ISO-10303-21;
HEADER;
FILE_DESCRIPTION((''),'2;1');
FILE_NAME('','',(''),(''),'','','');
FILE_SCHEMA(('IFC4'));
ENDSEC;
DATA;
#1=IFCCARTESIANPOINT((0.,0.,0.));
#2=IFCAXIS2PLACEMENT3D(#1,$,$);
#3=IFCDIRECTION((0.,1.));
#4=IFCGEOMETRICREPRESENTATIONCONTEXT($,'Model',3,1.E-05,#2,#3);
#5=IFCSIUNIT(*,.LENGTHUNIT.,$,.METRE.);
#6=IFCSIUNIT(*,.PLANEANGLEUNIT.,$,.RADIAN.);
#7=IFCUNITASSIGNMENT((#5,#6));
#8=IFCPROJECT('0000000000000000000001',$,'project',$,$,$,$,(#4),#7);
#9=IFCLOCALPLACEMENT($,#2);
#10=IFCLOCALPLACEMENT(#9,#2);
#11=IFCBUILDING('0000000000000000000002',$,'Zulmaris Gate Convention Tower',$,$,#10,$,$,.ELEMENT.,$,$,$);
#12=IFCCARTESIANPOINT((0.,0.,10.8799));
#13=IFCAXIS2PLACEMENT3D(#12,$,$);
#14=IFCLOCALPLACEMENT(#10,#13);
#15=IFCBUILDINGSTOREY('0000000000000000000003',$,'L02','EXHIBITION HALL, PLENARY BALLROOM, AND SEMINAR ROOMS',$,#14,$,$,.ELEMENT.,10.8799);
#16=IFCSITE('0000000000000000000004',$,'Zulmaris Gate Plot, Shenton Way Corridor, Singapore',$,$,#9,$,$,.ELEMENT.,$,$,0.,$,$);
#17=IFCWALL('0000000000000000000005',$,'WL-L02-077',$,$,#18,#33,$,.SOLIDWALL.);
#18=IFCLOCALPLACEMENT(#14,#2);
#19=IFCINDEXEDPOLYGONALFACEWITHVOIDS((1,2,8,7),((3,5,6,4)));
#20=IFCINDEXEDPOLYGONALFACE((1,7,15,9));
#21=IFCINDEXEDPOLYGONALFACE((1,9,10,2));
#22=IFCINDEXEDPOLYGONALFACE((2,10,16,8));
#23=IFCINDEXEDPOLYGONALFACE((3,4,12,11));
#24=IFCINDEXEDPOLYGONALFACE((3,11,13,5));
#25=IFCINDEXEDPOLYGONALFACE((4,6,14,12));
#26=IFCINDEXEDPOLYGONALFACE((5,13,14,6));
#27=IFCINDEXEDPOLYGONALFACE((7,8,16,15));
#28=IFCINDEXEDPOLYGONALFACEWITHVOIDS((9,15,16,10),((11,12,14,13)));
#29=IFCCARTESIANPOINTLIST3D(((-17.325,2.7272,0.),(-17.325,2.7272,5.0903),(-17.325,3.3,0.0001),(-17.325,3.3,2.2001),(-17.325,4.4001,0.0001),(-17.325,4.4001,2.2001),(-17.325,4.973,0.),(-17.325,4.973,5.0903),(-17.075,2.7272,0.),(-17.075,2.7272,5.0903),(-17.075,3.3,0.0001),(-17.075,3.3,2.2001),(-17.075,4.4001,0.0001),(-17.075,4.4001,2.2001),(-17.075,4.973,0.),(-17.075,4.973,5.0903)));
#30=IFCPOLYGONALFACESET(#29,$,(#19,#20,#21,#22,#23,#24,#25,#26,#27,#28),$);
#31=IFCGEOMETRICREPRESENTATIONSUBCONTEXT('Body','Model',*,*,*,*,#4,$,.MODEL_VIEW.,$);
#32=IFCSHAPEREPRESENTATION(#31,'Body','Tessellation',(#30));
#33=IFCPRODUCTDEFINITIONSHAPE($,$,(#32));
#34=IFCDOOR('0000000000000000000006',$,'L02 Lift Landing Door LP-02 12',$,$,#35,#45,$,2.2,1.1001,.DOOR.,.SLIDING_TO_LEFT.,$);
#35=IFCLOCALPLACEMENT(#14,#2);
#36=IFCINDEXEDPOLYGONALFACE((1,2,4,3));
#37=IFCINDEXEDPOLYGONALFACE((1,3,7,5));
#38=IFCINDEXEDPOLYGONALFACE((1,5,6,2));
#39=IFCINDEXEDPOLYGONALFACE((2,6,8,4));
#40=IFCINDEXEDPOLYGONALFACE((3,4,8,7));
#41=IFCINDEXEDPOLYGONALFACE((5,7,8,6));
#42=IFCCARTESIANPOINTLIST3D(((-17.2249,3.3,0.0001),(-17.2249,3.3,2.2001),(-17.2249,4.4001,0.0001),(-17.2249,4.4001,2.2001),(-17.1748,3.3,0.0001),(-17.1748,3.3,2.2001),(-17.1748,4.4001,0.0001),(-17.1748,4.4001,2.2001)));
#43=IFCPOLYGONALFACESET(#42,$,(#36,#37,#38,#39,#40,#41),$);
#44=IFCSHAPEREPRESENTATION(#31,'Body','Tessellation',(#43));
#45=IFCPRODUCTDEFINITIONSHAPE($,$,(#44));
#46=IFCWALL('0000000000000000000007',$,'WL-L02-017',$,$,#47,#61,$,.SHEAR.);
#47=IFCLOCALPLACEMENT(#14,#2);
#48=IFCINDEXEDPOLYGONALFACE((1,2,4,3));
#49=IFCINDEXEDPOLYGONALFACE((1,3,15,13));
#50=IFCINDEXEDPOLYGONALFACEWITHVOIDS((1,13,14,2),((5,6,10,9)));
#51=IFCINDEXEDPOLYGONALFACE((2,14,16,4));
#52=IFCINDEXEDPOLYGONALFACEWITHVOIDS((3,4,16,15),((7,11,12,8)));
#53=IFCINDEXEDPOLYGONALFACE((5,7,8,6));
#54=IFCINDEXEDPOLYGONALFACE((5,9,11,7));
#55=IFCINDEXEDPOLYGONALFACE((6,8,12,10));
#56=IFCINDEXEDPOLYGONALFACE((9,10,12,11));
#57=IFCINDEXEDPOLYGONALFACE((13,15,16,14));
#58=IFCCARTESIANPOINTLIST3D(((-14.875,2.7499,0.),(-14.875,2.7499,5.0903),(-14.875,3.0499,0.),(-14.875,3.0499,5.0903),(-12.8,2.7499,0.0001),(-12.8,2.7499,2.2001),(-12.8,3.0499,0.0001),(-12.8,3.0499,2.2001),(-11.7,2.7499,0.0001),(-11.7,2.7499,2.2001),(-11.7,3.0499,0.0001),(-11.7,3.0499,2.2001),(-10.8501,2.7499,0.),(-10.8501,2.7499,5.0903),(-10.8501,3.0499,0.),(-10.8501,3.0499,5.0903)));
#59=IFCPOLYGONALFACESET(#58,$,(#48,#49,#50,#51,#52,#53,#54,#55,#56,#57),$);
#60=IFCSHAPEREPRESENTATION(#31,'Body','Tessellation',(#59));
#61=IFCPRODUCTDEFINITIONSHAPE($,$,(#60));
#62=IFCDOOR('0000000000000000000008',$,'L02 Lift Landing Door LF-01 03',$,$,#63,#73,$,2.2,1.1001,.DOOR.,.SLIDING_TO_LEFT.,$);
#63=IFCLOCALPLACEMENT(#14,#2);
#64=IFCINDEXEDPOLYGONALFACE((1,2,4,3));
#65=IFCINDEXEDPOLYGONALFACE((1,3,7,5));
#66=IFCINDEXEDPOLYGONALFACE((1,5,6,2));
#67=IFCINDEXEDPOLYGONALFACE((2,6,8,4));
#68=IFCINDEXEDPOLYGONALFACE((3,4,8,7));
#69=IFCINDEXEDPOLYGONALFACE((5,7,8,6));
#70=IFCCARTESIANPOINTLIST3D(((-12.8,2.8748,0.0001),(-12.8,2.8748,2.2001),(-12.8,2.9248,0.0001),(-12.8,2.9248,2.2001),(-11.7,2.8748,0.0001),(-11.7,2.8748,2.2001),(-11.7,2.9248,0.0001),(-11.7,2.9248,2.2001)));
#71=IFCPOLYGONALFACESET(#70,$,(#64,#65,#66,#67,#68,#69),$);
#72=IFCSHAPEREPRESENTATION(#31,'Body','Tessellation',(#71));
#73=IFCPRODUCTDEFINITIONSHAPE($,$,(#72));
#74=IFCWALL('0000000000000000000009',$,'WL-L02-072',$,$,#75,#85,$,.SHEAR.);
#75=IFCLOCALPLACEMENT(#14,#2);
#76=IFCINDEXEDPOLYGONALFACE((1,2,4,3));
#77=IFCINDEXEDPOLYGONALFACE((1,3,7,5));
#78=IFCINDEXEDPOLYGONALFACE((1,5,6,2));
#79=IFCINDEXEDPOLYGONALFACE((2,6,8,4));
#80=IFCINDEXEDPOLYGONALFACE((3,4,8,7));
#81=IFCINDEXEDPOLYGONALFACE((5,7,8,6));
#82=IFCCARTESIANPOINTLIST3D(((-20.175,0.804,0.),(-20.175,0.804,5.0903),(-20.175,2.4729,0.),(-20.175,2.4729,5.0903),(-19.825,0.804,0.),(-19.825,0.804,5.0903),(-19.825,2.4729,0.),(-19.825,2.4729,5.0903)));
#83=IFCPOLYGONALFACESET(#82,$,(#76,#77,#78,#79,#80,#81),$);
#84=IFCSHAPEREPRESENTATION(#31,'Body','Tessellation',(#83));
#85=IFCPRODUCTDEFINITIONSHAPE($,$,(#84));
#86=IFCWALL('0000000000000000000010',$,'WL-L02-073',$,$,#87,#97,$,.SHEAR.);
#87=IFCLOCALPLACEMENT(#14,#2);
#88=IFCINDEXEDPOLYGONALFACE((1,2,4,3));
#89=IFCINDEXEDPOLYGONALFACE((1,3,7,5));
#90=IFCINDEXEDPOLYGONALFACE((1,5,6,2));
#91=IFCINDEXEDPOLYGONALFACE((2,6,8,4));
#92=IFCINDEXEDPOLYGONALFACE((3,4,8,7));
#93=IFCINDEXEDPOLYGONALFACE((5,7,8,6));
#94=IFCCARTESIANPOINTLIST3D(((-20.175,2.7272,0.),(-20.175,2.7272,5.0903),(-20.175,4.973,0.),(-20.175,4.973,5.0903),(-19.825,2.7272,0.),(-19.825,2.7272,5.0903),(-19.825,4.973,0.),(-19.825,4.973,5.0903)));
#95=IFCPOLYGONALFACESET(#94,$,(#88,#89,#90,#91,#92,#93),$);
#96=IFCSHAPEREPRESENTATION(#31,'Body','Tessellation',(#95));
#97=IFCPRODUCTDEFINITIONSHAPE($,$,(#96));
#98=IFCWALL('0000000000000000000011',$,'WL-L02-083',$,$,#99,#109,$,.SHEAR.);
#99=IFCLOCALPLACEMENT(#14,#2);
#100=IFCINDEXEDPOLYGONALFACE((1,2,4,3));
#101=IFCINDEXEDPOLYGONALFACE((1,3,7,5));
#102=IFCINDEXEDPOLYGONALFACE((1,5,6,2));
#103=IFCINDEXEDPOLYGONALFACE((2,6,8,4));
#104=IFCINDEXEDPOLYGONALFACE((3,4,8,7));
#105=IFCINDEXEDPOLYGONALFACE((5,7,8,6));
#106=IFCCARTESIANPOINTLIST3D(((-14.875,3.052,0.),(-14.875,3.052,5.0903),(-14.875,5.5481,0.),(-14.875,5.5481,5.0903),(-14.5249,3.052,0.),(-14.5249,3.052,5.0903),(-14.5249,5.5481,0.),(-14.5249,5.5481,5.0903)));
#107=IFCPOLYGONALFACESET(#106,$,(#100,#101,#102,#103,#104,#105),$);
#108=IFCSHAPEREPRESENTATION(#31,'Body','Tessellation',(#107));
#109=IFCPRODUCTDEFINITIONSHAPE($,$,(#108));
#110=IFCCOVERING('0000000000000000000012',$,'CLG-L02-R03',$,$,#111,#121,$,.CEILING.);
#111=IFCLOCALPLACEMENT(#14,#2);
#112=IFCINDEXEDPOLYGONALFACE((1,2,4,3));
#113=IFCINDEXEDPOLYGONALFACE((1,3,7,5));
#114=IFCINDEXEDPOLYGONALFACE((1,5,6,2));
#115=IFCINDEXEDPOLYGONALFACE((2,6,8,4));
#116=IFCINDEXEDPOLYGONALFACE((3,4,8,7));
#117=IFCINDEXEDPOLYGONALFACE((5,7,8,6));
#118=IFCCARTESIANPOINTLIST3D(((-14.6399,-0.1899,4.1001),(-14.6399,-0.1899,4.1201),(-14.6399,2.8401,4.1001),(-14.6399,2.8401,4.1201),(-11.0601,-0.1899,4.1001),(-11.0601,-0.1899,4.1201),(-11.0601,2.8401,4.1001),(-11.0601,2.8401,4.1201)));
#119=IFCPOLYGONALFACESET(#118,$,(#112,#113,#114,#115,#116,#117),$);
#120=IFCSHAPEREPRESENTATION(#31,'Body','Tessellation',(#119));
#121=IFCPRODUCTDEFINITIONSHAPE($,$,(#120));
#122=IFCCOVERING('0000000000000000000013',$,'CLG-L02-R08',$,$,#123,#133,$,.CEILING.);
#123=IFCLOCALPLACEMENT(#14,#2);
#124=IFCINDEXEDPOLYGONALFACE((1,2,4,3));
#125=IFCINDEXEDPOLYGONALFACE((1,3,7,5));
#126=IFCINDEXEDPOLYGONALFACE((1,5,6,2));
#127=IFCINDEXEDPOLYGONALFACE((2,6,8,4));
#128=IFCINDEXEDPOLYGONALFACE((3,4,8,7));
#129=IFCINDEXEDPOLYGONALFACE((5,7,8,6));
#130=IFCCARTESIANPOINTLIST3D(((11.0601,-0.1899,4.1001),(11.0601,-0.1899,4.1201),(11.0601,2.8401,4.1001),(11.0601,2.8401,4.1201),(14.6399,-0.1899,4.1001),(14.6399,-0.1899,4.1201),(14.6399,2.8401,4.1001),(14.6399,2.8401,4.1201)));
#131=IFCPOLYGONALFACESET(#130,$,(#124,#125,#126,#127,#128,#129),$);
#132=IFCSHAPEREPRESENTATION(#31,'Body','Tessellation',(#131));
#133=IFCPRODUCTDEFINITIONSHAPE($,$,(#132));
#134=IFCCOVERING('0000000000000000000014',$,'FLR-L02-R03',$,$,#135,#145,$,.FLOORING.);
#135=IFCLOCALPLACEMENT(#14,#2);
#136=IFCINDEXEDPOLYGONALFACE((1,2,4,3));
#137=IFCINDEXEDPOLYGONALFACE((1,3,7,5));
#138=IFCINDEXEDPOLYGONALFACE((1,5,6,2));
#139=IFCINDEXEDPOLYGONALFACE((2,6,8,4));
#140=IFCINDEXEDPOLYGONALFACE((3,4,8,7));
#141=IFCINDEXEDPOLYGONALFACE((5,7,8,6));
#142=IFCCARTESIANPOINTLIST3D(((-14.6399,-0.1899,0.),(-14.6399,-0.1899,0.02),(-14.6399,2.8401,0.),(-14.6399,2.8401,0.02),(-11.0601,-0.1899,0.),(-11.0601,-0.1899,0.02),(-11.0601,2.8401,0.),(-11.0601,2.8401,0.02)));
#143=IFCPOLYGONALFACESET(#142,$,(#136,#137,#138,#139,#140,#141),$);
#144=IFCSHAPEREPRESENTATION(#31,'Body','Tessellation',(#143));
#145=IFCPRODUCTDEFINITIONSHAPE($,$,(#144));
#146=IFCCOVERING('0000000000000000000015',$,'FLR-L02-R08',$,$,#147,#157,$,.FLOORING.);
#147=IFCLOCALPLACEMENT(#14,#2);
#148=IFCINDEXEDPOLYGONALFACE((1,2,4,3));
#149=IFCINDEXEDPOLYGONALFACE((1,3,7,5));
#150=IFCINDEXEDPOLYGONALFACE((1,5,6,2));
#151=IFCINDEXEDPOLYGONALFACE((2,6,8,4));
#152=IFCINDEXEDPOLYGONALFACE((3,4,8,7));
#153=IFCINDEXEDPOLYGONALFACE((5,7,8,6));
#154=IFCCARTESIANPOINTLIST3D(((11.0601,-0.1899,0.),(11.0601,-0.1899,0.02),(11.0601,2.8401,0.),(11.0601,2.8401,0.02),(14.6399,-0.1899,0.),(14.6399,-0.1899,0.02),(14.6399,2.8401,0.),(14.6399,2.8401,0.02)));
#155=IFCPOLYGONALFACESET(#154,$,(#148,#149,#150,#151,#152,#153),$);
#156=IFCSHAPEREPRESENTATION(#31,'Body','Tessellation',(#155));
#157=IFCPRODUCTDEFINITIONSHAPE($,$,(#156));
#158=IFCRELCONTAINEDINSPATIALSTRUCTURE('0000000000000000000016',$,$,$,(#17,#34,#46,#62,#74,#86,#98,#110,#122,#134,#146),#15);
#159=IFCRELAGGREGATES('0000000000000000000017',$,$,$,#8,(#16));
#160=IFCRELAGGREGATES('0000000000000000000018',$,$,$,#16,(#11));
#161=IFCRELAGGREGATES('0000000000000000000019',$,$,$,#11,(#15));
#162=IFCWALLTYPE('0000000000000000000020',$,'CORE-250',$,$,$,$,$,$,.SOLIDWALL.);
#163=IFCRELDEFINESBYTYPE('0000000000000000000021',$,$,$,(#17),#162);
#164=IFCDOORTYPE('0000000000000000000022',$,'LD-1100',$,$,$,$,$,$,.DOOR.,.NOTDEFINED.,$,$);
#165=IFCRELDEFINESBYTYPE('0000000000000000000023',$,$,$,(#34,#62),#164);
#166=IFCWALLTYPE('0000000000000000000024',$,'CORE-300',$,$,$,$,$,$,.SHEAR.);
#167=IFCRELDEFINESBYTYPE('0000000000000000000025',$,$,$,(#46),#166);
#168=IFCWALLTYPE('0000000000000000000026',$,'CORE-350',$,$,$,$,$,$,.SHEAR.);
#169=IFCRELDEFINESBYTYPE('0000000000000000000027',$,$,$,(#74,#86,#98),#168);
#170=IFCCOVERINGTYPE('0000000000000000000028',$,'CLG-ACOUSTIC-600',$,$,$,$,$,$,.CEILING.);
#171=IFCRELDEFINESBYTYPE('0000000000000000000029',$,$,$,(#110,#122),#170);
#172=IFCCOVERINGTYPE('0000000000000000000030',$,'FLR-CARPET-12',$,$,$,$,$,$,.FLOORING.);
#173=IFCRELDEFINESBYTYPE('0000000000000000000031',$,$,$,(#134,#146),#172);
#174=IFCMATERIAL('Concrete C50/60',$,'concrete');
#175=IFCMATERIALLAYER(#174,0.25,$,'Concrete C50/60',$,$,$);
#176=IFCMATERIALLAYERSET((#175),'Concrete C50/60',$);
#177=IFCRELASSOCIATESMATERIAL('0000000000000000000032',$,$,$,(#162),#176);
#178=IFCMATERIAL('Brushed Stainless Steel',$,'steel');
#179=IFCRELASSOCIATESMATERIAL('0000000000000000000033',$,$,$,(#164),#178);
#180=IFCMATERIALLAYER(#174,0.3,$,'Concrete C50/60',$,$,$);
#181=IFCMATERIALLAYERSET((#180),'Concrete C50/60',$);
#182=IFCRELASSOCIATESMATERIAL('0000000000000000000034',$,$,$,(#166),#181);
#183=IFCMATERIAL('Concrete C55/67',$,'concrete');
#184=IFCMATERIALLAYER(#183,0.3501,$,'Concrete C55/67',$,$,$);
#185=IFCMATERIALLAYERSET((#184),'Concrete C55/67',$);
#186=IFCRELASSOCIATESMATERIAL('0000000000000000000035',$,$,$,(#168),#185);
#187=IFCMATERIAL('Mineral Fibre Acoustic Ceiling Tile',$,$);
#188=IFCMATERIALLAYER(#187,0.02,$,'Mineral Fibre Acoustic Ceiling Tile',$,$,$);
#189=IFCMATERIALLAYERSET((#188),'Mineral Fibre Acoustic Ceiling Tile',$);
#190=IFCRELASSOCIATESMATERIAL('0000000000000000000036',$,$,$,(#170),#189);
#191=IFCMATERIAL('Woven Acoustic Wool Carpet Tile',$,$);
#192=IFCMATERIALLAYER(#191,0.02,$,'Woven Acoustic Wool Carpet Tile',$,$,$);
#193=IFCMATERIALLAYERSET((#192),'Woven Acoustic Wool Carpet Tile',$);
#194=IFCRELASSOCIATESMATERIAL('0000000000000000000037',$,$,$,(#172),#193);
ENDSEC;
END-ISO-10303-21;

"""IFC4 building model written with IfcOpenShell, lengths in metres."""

from ifc_helpers import new_model, si_unit, direction, frame, frame_2d, origin, place, context, subcontext, project, spatial, polyline, rectangle, outline, extrude, material, layer, layer_set, type_object, element, fill, save


model = new_model("IFC4")

# Units and contexts
model_context = context("Model", 3, precision=1e-05, world=origin(), true_north=direction((0.0, 1.0)))
body_context = subcontext(model_context, "Body", "Model", "MODEL_VIEW")
ifc_project = project(units=[si_unit("LENGTHUNIT", "METRE"), si_unit("PLANEANGLEUNIT", "RADIAN")], contexts=[model_context])

# Site, building, storey
site_placement = place(None, origin())
site = spatial("IfcSite", under=ifc_project, at=site_placement, Name="Zulmaris Gate Plot, Shenton Way Corridor, Singapore", CompositionType="ELEMENT", RefElevation=0.0)
building_placement = place(site_placement, origin())
building = spatial("IfcBuilding", under=site, at=building_placement, Name="Zulmaris Gate Convention Tower", CompositionType="ELEMENT")
storey_placement = place(building_placement, frame((0.0, 0.0, 10.8799)))
storey = spatial("IfcBuildingStorey", under=building, at=storey_placement, Name="L02", Description="EXHIBITION HALL, PLENARY BALLROOM, AND SEMINAR ROOMS", CompositionType="ELEMENT", Elevation=10.8799)

# Shared definitions
ifc_material_1 = material(Name="Concrete C50/60", Category="concrete")

# Walls, openings, doors
ifc_layer_1 = layer(ifc_material_1, 0.25, Name="Concrete C50/60")
ifc_layer_set_1 = layer_set([ifc_layer_1], Name="Concrete C50/60")
wall_type_1 = type_object("IfcWallType", Name="CORE-250", PredefinedType="SOLIDWALL", material=ifc_layer_set_1)
wall_1_placement = place(storey_placement, frame((-17.2, 2.7271, 0.0), z_axis=(0.0, 0.0, 1.0), x_axis=(0.0, 1.0, 0.0)))
wall_1 = element("IfcWall", 1, at=wall_1_placement, inside=storey, type_object=wall_type_1, Name="WL-L02-077", PredefinedType="SOLIDWALL", context=body_context, shape_type="SweptSolid", body=[
    extrude(rectangle(XDim=2.2458, YDim=0.25, at=frame_2d((1.123, 0.0))), origin(), (0.0, 0.0, 1.0), 5.0903),
])
opening_1_placement = place(wall_1_placement, frame((0.573, 0.0, 0.0)))
opening_1 = element("IfcOpeningElement", 2, at=opening_1_placement, cuts=wall_1, PredefinedType="OPENING", context=body_context, shape_type="SweptSolid", body=[
    extrude(rectangle(XDim=1.1001, YDim=2.2, at=frame_2d((0.55, 1.1001))), frame((0.0, 0.135, 0.0), z_axis=(0.0, -1.0, 0.0), x_axis=(1.0, 0.0, 0.0)), (0.0, 0.0, 1.0), 0.27),
])
ifc_material_2 = material(Name="Brushed Stainless Steel", Category="steel")
door_type_1 = type_object("IfcDoorType", Name="LD-1100", OperationType="NOTDEFINED", PredefinedType="DOOR", material=ifc_material_2)
door_1_placement = place(opening_1_placement, origin())
door_1 = element("IfcDoor", 3, at=door_1_placement, inside=storey, type_object=door_type_1, Name="L02 Lift Landing Door LP-02 12", OperationType="SLIDING_TO_LEFT", OverallHeight=2.2, OverallWidth=1.1001, PredefinedType="DOOR", context=body_context, shape_type="SweptSolid", body=[
    extrude(rectangle(XDim=1.1001, YDim=2.2, at=frame_2d((0.55, 1.1001))), frame((0.0, 0.0249, 0.0), z_axis=(0.0, -1.0, 0.0), x_axis=(1.0, 0.0, 0.0)), (0.0, 0.0, 1.0), 0.05),
])
fill(opening_1, door_1)
ifc_layer_2 = layer(ifc_material_1, 0.3, Name="Concrete C50/60")
ifc_layer_set_2 = layer_set([ifc_layer_2], Name="Concrete C50/60")
wall_type_2 = type_object("IfcWallType", Name="CORE-300", PredefinedType="SHEAR", material=ifc_layer_set_2)
wall_2_placement = place(storey_placement, frame((-14.875, 2.8999, 0.0), z_axis=(0.0, 0.0, 1.0), x_axis=(1.0, 0.0, 0.0)))
wall_2 = element("IfcWall", 4, at=wall_2_placement, inside=storey, type_object=wall_type_2, Name="WL-L02-017", PredefinedType="SHEAR", context=body_context, shape_type="SweptSolid", body=[
    extrude(rectangle(XDim=4.0249, YDim=0.3, at=frame_2d((2.0125, 0.0))), origin(), (0.0, 0.0, 1.0), 5.0903),
])
opening_2_placement = place(wall_2_placement, frame((2.075, 0.0, 0.0)))
opening_2 = element("IfcOpeningElement", 5, at=opening_2_placement, cuts=wall_2, PredefinedType="OPENING", context=body_context, shape_type="SweptSolid", body=[
    extrude(rectangle(XDim=1.1001, YDim=2.2, at=frame_2d((0.55, 1.1001))), frame((0.0, 0.1602, 0.0), z_axis=(0.0, -1.0, 0.0), x_axis=(1.0, 0.0, 0.0)), (0.0, 0.0, 1.0), 0.3201),
])
door_2_placement = place(opening_2_placement, origin())
door_2 = element("IfcDoor", 6, at=door_2_placement, inside=storey, type_object=door_type_1, Name="L02 Lift Landing Door LF-01 03", OperationType="SLIDING_TO_LEFT", OverallHeight=2.2, OverallWidth=1.1001, PredefinedType="DOOR", context=body_context, shape_type="SweptSolid", body=[
    extrude(rectangle(XDim=1.1001, YDim=2.2, at=frame_2d((0.55, 1.1001))), frame((0.0, 0.0249, 0.0), z_axis=(0.0, -1.0, 0.0), x_axis=(1.0, 0.0, 0.0)), (0.0, 0.0, 1.0), 0.05),
])
fill(opening_2, door_2)

# Walls
ifc_material_3 = material(Name="Concrete C55/67", Category="concrete")
ifc_layer_3 = layer(ifc_material_3, 0.3501, Name="Concrete C55/67")
ifc_layer_set_3 = layer_set([ifc_layer_3], Name="Concrete C55/67")
wall_type_3 = type_object("IfcWallType", Name="CORE-350", PredefinedType="SHEAR", material=ifc_layer_set_3)
wall_3_placement = place(storey_placement, frame((-20.0, 0.804, 0.0), z_axis=(0.0, 0.0, 1.0), x_axis=(0.0, 1.0, 0.0)))
element("IfcWall", 7, at=wall_3_placement, inside=storey, type_object=wall_type_3, Name="WL-L02-072", PredefinedType="SHEAR", context=body_context, shape_type="SweptSolid", body=[
    extrude(rectangle(XDim=1.6689, YDim=0.3501, at=frame_2d((0.8345, 0.0))), origin(), (0.0, 0.0, 1.0), 5.0903),
])
wall_4_placement = place(storey_placement, frame((-20.0, 2.7271, 0.0), z_axis=(0.0, 0.0, 1.0), x_axis=(0.0, 1.0, 0.0)))
element("IfcWall", 8, at=wall_4_placement, inside=storey, type_object=wall_type_3, Name="WL-L02-073", PredefinedType="SHEAR", context=body_context, shape_type="SweptSolid", body=[
    extrude(rectangle(XDim=2.2458, YDim=0.3501, at=frame_2d((1.123, 0.0))), origin(), (0.0, 0.0, 1.0), 5.0903),
])
wall_5_placement = place(storey_placement, frame((-14.7, 3.052, 0.0), z_axis=(0.0, 0.0, 1.0), x_axis=(0.0, 1.0, 0.0)))
element("IfcWall", 9, at=wall_5_placement, inside=storey, type_object=wall_type_3, Name="WL-L02-083", PredefinedType="SHEAR", context=body_context, shape_type="SweptSolid", body=[
    extrude(rectangle(XDim=2.4961, YDim=0.3501, at=frame_2d((1.248, 0.0))), origin(), (0.0, 0.0, 1.0), 5.0903),
])

# Coverings
ifc_material_4 = material(Name="Mineral Fibre Acoustic Ceiling Tile")
ifc_layer_4 = layer(ifc_material_4, 0.02, Name="Mineral Fibre Acoustic Ceiling Tile")
ifc_layer_set_4 = layer_set([ifc_layer_4], Name="Mineral Fibre Acoustic Ceiling Tile")
covering_type_1 = type_object("IfcCoveringType", Name="CLG-ACOUSTIC-600", PredefinedType="CEILING", material=ifc_layer_set_4)
covering_1_placement = place(storey_placement, frame((0.0, 0.0, 4.1001)))
element("IfcCovering", 10, at=covering_1_placement, inside=storey, type_object=covering_type_1, Name="CLG-L02-R03", PredefinedType="CEILING", context=body_context, shape_type="SweptSolid", body=[
    extrude(outline(polyline([(-14.6399, -0.1899), (-11.0601, -0.1899), (-11.0601, 2.8401), (-14.6399, 2.8401), (-14.6399, -0.1899)])), origin(), (0.0, 0.0, 1.0), 0.02),
])
covering_2_placement = place(storey_placement, frame((0.0, 0.0, 4.1001)))
element("IfcCovering", 11, at=covering_2_placement, inside=storey, type_object=covering_type_1, Name="CLG-L02-R08", PredefinedType="CEILING", context=body_context, shape_type="SweptSolid", body=[
    extrude(outline(polyline([(11.0601, -0.1899), (14.6399, -0.1899), (14.6399, 2.8401), (11.0601, 2.8401), (11.0601, -0.1899)])), origin(), (0.0, 0.0, 1.0), 0.02),
])
ifc_material_5 = material(Name="Woven Acoustic Wool Carpet Tile")
ifc_layer_5 = layer(ifc_material_5, 0.02, Name="Woven Acoustic Wool Carpet Tile")
ifc_layer_set_5 = layer_set([ifc_layer_5], Name="Woven Acoustic Wool Carpet Tile")
covering_type_2 = type_object("IfcCoveringType", Name="FLR-CARPET-12", PredefinedType="FLOORING", material=ifc_layer_set_5)
covering_3_placement = place(storey_placement, origin())
element("IfcCovering", 12, at=covering_3_placement, inside=storey, type_object=covering_type_2, Name="FLR-L02-R03", PredefinedType="FLOORING", context=body_context, shape_type="SweptSolid", body=[
    extrude(outline(polyline([(-14.6399, -0.1899), (-11.0601, -0.1899), (-11.0601, 2.8401), (-14.6399, 2.8401), (-14.6399, -0.1899)])), origin(), (0.0, 0.0, 1.0), 0.02),
])
covering_4_placement = place(storey_placement, origin())
element("IfcCovering", 13, at=covering_4_placement, inside=storey, type_object=covering_type_2, Name="FLR-L02-R08", PredefinedType="FLOORING", context=body_context, shape_type="SweptSolid", body=[
    extrude(outline(polyline([(11.0601, -0.1899), (14.6399, -0.1899), (14.6399, 2.8401), (11.0601, 2.8401), (11.0601, -0.1899)])), origin(), (0.0, 0.0, 1.0), 0.02),
])

save(model, "model.ifc")
